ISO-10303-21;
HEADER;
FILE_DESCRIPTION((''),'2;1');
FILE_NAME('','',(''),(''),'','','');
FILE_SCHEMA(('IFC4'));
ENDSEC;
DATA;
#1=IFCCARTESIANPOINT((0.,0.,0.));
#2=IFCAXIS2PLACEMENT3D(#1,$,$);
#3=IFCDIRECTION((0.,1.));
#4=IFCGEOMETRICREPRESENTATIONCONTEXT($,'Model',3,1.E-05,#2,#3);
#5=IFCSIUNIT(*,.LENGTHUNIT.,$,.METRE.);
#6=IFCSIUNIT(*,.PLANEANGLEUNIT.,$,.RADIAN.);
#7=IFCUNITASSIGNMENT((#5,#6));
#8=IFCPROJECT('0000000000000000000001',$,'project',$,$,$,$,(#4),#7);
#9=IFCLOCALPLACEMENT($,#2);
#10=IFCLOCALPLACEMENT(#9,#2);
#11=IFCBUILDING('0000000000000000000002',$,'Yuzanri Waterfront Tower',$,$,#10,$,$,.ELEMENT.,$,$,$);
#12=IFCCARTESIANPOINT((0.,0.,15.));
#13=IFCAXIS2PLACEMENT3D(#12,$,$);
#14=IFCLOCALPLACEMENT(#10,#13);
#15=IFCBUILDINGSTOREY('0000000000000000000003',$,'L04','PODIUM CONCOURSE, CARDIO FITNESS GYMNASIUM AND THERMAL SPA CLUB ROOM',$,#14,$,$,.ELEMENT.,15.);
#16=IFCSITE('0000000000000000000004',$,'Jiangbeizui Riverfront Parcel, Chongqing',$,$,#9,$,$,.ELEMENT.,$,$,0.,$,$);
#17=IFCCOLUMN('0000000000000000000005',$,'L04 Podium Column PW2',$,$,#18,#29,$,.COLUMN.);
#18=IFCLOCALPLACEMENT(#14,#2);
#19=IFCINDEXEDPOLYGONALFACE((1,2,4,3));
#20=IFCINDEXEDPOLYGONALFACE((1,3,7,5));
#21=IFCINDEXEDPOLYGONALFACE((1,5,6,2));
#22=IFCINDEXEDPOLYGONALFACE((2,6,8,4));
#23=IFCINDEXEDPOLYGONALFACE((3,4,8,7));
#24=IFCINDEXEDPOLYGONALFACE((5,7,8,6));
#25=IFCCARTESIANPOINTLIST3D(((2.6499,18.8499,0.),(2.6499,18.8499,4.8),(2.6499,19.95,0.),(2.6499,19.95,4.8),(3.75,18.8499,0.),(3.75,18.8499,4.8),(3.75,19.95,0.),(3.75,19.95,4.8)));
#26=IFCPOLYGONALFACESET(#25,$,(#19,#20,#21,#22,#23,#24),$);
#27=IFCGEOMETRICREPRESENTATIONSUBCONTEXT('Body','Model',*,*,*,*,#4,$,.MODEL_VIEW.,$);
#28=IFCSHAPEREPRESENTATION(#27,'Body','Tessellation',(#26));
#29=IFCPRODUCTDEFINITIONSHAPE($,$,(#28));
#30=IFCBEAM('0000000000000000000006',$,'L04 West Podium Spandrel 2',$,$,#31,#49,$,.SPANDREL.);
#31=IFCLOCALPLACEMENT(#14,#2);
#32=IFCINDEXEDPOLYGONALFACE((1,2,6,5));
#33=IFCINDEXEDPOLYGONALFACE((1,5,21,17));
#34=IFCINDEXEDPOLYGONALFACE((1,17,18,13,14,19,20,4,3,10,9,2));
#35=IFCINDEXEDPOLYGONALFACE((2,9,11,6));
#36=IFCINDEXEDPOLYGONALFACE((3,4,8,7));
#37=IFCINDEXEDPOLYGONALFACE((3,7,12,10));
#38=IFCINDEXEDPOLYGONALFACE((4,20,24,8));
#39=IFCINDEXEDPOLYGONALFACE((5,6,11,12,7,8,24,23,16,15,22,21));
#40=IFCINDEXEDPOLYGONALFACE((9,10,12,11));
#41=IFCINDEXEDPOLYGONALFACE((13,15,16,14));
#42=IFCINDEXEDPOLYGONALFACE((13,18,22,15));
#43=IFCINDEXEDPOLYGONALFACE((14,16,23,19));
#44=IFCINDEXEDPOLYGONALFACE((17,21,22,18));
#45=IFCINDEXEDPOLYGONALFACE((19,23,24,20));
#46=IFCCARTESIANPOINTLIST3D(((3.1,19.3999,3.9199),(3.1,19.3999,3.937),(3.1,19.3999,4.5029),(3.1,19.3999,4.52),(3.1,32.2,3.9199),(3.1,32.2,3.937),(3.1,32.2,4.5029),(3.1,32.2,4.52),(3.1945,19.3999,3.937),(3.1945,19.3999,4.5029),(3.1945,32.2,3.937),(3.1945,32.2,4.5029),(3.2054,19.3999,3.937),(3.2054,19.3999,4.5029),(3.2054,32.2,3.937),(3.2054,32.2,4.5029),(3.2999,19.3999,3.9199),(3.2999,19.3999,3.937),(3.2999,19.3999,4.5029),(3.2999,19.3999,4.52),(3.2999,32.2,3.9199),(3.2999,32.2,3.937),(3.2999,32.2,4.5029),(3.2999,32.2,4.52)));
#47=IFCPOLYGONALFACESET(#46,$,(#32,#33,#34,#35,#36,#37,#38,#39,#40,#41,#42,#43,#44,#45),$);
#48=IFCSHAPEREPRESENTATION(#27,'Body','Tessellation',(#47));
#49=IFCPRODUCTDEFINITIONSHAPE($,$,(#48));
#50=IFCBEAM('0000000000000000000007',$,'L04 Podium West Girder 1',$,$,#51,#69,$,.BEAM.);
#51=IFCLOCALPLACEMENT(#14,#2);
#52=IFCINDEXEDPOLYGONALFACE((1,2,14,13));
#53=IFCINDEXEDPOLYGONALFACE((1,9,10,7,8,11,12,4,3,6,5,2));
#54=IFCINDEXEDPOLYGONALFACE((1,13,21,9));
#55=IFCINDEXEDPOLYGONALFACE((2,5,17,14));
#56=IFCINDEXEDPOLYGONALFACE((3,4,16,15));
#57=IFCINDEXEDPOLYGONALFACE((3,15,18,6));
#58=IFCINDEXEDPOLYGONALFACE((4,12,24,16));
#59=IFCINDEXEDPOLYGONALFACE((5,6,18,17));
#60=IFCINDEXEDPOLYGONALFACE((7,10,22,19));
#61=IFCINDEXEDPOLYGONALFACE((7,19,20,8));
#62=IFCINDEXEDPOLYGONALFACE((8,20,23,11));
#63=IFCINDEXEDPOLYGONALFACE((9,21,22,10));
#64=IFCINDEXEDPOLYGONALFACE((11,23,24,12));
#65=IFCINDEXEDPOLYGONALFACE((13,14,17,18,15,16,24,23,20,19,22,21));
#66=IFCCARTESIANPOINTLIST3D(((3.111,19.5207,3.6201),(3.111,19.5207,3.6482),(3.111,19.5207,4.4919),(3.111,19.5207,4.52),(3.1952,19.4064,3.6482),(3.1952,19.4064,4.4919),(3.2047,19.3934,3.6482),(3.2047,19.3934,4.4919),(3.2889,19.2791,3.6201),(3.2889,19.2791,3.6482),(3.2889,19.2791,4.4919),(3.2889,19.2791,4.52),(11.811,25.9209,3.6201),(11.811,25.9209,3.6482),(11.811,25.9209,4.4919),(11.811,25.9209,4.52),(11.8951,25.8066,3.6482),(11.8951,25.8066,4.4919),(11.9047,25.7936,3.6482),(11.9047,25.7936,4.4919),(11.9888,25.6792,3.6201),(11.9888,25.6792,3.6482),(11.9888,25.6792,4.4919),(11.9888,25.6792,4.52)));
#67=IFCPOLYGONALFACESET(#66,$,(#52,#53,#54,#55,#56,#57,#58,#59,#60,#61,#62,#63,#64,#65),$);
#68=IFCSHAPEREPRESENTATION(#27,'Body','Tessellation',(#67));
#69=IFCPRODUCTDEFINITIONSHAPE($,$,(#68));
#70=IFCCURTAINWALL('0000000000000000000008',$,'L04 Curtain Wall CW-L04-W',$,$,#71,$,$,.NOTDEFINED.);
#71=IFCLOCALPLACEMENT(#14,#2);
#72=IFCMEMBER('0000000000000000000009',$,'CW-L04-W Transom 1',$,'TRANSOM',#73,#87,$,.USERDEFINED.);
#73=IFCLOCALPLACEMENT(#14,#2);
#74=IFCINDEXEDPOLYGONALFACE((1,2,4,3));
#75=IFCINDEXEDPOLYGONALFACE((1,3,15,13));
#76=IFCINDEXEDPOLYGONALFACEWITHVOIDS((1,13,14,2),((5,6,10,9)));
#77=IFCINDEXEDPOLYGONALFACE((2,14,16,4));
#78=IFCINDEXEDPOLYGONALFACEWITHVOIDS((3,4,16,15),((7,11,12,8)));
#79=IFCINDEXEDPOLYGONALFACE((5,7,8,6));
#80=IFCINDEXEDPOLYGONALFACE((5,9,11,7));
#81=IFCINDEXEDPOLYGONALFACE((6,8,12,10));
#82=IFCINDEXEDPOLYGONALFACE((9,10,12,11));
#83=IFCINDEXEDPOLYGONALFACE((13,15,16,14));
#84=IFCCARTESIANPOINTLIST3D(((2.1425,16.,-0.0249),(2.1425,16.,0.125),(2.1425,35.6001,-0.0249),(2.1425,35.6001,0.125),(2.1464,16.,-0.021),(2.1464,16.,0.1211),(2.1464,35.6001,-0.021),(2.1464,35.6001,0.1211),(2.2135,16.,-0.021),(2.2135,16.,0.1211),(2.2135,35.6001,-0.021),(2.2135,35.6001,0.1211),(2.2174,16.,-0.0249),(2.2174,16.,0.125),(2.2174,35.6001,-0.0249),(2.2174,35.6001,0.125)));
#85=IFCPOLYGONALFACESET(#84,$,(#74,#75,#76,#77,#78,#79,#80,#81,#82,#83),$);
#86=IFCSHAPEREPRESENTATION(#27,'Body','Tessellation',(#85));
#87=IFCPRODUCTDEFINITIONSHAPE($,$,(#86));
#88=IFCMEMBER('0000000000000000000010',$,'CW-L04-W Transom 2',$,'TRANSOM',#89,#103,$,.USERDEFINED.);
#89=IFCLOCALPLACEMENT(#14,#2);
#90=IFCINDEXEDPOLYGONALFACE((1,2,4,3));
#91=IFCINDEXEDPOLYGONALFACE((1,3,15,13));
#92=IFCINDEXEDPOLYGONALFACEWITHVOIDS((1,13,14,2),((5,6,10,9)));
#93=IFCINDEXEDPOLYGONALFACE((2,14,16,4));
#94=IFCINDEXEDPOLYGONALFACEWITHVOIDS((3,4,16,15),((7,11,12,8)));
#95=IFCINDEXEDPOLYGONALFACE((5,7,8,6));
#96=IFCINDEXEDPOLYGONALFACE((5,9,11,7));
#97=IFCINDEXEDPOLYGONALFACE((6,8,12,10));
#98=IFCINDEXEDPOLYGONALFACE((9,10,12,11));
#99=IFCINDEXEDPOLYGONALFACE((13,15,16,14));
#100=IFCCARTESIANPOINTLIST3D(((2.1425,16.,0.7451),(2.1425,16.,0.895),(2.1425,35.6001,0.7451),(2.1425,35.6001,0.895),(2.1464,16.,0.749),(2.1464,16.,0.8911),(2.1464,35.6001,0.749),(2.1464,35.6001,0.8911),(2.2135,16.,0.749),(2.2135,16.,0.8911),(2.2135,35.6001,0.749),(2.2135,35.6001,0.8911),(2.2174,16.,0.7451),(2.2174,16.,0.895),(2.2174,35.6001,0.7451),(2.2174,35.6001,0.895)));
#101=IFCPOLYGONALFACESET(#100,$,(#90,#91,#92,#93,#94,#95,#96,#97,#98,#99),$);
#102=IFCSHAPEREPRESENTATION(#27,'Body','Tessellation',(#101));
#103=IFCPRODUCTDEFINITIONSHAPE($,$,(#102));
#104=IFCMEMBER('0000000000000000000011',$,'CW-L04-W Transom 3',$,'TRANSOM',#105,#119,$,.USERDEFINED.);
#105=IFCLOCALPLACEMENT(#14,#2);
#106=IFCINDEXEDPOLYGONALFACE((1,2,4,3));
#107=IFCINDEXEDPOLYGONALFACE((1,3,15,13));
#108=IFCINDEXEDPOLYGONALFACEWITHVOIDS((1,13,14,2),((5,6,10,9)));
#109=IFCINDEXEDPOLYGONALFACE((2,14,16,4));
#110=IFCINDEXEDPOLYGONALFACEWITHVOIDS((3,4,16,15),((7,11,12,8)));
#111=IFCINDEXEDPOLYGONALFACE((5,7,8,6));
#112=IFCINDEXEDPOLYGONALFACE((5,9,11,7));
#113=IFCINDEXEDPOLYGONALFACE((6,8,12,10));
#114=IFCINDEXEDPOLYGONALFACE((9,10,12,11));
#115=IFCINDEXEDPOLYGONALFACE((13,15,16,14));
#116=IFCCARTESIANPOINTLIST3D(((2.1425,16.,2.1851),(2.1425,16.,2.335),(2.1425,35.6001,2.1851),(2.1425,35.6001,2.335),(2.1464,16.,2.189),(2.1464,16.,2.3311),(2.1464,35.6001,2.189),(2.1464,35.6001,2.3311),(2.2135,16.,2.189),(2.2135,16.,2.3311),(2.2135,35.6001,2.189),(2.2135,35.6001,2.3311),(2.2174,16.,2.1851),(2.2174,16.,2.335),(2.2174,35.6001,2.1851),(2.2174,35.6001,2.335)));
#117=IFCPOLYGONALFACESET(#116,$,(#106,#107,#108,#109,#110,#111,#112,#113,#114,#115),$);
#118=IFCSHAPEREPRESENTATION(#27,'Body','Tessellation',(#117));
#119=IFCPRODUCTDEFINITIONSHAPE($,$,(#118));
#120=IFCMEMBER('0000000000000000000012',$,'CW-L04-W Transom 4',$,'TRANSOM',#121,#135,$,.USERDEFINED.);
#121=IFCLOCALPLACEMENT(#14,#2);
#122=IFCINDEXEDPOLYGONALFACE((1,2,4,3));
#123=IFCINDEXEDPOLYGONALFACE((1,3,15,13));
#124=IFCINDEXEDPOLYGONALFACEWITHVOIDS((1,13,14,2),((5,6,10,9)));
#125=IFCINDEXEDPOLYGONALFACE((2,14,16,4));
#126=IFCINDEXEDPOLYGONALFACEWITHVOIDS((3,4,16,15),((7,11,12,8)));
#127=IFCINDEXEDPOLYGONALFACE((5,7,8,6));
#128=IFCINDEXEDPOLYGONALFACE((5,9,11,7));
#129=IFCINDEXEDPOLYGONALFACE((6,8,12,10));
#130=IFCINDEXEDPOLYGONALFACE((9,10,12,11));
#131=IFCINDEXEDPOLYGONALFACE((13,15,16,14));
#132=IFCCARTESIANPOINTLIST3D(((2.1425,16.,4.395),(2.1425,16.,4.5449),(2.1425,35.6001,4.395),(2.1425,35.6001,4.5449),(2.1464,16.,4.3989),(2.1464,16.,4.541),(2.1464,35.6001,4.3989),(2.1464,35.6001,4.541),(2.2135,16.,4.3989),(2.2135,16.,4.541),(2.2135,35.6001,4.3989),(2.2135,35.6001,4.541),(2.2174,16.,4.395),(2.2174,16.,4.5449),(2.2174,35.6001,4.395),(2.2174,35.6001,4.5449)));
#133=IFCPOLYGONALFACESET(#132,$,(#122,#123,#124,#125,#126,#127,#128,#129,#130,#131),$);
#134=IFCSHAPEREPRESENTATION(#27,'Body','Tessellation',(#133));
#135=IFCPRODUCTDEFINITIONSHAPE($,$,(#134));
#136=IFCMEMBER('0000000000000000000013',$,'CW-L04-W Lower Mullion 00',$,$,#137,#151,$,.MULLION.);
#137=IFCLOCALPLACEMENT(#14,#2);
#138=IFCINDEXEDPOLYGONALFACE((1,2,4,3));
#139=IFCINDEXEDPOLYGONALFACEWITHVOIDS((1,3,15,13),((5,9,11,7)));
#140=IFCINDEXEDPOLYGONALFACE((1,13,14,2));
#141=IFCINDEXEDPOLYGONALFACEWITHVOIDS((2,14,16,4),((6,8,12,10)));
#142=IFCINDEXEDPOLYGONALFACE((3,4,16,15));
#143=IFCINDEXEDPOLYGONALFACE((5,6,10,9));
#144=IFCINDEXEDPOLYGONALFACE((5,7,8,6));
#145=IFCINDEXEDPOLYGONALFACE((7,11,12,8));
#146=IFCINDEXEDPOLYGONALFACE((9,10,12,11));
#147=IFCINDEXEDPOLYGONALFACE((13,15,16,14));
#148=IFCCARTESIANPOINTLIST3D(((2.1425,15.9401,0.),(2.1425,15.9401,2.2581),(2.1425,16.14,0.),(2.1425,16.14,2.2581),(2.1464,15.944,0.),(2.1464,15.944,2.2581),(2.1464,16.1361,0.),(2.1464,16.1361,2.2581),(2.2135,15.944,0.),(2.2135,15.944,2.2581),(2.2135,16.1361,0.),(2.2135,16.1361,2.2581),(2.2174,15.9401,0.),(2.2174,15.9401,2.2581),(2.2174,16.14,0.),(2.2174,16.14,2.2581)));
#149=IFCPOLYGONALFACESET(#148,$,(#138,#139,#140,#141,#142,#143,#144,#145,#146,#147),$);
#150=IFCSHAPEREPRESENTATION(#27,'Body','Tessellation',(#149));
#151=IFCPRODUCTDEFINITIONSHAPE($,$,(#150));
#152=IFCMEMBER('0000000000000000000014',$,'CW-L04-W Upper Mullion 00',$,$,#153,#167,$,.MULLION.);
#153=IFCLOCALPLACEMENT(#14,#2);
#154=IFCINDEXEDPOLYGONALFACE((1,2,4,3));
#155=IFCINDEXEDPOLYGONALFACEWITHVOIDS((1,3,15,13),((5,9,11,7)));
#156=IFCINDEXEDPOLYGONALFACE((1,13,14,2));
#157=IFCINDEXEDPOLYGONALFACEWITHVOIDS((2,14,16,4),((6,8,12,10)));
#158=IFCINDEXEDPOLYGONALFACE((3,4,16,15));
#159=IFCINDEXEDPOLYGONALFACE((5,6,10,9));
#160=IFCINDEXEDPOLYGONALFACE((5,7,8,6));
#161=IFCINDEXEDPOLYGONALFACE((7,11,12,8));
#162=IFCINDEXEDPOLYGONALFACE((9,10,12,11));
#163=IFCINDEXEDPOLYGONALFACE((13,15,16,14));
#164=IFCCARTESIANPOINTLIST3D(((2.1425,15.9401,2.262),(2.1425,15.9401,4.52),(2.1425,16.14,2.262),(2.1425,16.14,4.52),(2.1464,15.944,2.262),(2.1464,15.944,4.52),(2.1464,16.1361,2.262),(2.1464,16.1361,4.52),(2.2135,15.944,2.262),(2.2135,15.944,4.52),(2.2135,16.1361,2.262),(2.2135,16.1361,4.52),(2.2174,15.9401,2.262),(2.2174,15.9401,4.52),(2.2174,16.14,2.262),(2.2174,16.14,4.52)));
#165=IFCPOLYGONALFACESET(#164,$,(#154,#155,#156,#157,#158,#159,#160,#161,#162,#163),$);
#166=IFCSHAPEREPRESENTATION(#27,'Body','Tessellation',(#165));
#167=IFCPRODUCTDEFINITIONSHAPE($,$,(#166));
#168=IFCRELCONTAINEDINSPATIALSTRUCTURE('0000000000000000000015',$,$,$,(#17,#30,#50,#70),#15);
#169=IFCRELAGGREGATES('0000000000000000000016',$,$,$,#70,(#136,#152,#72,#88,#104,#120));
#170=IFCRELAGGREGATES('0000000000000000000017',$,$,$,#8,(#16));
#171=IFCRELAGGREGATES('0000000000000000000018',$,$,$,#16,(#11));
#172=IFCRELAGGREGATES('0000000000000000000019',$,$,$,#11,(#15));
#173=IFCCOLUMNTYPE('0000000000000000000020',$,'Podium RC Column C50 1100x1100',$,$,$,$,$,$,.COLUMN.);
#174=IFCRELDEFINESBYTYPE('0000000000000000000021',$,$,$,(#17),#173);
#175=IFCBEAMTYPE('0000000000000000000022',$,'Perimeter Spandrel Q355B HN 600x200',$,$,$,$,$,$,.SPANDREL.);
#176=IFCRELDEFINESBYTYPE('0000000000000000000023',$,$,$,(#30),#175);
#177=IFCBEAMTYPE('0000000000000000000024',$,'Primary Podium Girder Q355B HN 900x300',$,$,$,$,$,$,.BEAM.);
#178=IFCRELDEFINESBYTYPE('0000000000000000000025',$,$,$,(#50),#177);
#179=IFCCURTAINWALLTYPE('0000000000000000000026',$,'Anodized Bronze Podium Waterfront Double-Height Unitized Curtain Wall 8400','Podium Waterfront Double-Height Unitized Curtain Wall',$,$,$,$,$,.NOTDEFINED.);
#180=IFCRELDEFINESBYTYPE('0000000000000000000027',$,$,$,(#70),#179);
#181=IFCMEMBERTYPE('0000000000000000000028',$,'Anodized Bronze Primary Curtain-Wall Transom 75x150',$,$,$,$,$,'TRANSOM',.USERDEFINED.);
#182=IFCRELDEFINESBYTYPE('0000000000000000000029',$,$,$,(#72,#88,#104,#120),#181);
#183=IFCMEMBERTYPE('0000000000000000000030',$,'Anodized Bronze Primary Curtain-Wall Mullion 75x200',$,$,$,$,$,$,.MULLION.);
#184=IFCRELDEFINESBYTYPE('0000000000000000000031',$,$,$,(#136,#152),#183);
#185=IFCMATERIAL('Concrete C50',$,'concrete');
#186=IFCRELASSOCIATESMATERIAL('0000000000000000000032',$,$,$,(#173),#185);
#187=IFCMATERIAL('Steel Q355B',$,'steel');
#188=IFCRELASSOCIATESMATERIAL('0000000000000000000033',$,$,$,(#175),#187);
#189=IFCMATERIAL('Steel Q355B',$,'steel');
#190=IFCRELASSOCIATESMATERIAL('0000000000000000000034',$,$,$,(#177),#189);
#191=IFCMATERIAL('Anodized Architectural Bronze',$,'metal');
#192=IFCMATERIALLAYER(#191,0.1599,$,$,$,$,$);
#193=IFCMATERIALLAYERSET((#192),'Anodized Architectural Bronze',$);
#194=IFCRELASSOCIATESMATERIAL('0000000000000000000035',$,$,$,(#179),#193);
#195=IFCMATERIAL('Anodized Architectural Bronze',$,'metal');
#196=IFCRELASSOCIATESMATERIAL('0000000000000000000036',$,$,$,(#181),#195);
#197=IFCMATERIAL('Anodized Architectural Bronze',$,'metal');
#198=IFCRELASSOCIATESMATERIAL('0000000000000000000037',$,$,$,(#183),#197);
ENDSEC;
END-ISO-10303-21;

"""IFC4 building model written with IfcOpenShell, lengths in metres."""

from ifc_helpers import new_model, si_unit, direction, frame, origin, origin_2d, place, context, subcontext, project, spatial, rectangle, hollow_rectangle, i_section, extrude, source, transform, mapped, material, layer, layer_set, material_profile, profile_set, type_object, element, aggregate, save


model = new_model("IFC4")

# Units and contexts
model_context = context("Model", 3, precision=1e-05, world=origin(), true_north=direction((0.0, 1.0)))
body_context = subcontext(model_context, "Body", "Model", "MODEL_VIEW")
ifc_project = project(units=[si_unit("LENGTHUNIT", "METRE"), si_unit("PLANEANGLEUNIT", "RADIAN")], contexts=[model_context])

# Site, building, storey
site_placement = place(None, origin())
site = spatial("IfcSite", under=ifc_project, at=site_placement, Name="Jiangbeizui Riverfront Parcel, Chongqing", CompositionType="ELEMENT", RefElevation=0.0)
building_placement = place(site_placement, origin())
building = spatial("IfcBuilding", under=site, at=building_placement, Name="Yuzanri Waterfront Tower", CompositionType="ELEMENT")
storey_placement = place(building_placement, frame((0.0, 0.0, 15.0)))
storey = spatial("IfcBuildingStorey", under=building, at=storey_placement, Name="L04", Description="PODIUM CONCOURSE, CARDIO FITNESS GYMNASIUM AND THERMAL SPA CLUB ROOM", CompositionType="ELEMENT", Elevation=15.0)

# Column
ifc_material_1 = material(Name="Concrete C50", Category="concrete")
ifc_material_profile_1 = material_profile(ifc_material_1, rectangle(XDim=1.1001, YDim=1.1001, at=origin_2d()), Name="RC 1100x1100")
ifc_profile_set_1 = profile_set([ifc_material_profile_1], Name="Concrete C50")
column_type = type_object("IfcColumnType", Name="Podium RC Column C50 1100x1100", PredefinedType="COLUMN", material=ifc_profile_set_1)
shared_shape_1 = source(origin(), body_context, "Body", "SweptSolid", [
    extrude(rectangle(XDim=1.1001, YDim=1.1001, at=origin_2d()), origin(), (0.0, 0.0, 1.0), 4.8),
])
column_placement = place(storey_placement, frame((3.2, 19.3999, 0.0), z_axis=(0.0, 0.0, 1.0), x_axis=(1.0, 0.0, 0.0)))
element("IfcColumn", 1, at=column_placement, inside=storey, type_object=column_type, Name="L04 Podium Column PW2", PredefinedType="COLUMN", context=body_context, shape_type="MappedRepresentation", body=[
    mapped(shared_shape_1, transform((0.0, 0.0, 0.0), scale=1.0)),
])

# Beams
ifc_material_2 = material(Name="Steel Q355B", Category="steel")
ifc_material_profile_2 = material_profile(ifc_material_2, i_section(OverallWidth=0.2, OverallDepth=0.6001, WebThickness=0.011, FlangeThickness=0.0171, at=origin_2d()), Name="HN 600x200x11x17")
ifc_profile_set_2 = profile_set([ifc_material_profile_2], Name="Steel Q355B")
beam_type_1 = type_object("IfcBeamType", Name="Perimeter Spandrel Q355B HN 600x200", PredefinedType="SPANDREL", material=ifc_profile_set_2)
shared_shape_2 = source(origin(), body_context, "Body", "SweptSolid", [
    extrude(i_section(OverallWidth=0.2, OverallDepth=0.6001, WebThickness=0.011, FlangeThickness=0.0171, at=origin_2d()), origin(), (0.0, 0.0, 1.0), 12.8),
])
beam_1_placement = place(storey_placement, frame((3.2, 19.3999, 4.22), z_axis=(0.0, 1.0, 0.0), x_axis=(-1.0, 0.0, 0.0)))
element("IfcBeam", 2, at=beam_1_placement, inside=storey, type_object=beam_type_1, Name="L04 West Podium Spandrel 2", PredefinedType="SPANDREL", context=body_context, shape_type="MappedRepresentation", body=[
    mapped(shared_shape_2, transform((0.0, 0.0, 0.0), scale=1.0)),
])
ifc_material_3 = material(Name="Steel Q355B", Category="steel")
ifc_material_profile_3 = material_profile(ifc_material_3, i_section(OverallWidth=0.3, OverallDepth=0.8999, WebThickness=0.0161, FlangeThickness=0.0281, at=origin_2d()), Name="HN 900x300x16x28")
ifc_profile_set_3 = profile_set([ifc_material_profile_3], Name="Steel Q355B")
beam_type_2 = type_object("IfcBeamType", Name="Primary Podium Girder Q355B HN 900x300", PredefinedType="BEAM", material=ifc_profile_set_3)
shared_shape_3 = source(origin(), body_context, "Body", "SweptSolid", [
    extrude(i_section(OverallWidth=0.3, OverallDepth=0.8999, WebThickness=0.0161, FlangeThickness=0.0281, at=origin_2d()), origin(), (0.0, 0.0, 1.0), 10.8005),
])
beam_2_placement = place(storey_placement, frame((3.2, 19.3999, 4.0701), z_axis=(0.805513, 0.592578, 0.0), x_axis=(-0.592578, 0.805513, 0.0)))
element("IfcBeam", 3, at=beam_2_placement, inside=storey, type_object=beam_type_2, Name="L04 Podium West Girder 1", PredefinedType="BEAM", context=body_context, shape_type="MappedRepresentation", body=[
    mapped(shared_shape_3, transform((0.0, 0.0, 0.0), scale=1.0)),
])

# Curtain wall, members
ifc_material_4 = material(Name="Anodized Architectural Bronze", Category="metal")
ifc_layer_1 = layer(ifc_material_4, 0.1599)
ifc_layer_set_1 = layer_set([ifc_layer_1], Name="Anodized Architectural Bronze")
curtain_wall_type = type_object("IfcCurtainWallType", Name="Anodized Bronze Podium Waterfront Double-Height Unitized Curtain Wall 8400", Description="Podium Waterfront Double-Height Unitized Curtain Wall", PredefinedType="NOTDEFINED", material=ifc_layer_set_1)
curtain_wall_placement = place(storey_placement, origin())
curtain_wall = element("IfcCurtainWall", 4, at=curtain_wall_placement, inside=storey, type_object=curtain_wall_type, Name="L04 Curtain Wall CW-L04-W", PredefinedType="NOTDEFINED")
ifc_material_5 = material(Name="Anodized Architectural Bronze", Category="metal")
ifc_material_profile_4 = material_profile(ifc_material_5, hollow_rectangle(XDim=0.075, YDim=0.1499, WallThickness=0.0039, at=origin_2d()), Name="CWT 75x150")
ifc_profile_set_4 = profile_set([ifc_material_profile_4], Name="Anodized Architectural Bronze")
member_type_1 = type_object("IfcMemberType", Name="Anodized Bronze Primary Curtain-Wall Transom 75x150", ElementType="TRANSOM", PredefinedType="USERDEFINED", material=ifc_profile_set_4)
shared_shape_4 = source(origin(), body_context, "Body", "SweptSolid", [
    extrude(hollow_rectangle(XDim=0.075, YDim=0.1499, WallThickness=0.0039, at=origin_2d()), origin(), (0.0, 0.0, 1.0), 19.6001),
])
member_1_placement = place(storey_placement, frame((2.1799, 16.0, 0.05), z_axis=(0.0, 1.0, 0.0), x_axis=(-1.0, 0.0, 0.0)))
member_1 = element("IfcMember", 5, at=member_1_placement, type_object=member_type_1, Name="CW-L04-W Transom 1", ObjectType="TRANSOM", PredefinedType="USERDEFINED", context=body_context, shape_type="MappedRepresentation", body=[
    mapped(shared_shape_4, transform((0.0, 0.0, 0.0), scale=1.0)),
])
member_2_placement = place(storey_placement, frame((2.1799, 16.0, 0.8201), z_axis=(0.0, 1.0, 0.0), x_axis=(-1.0, 0.0, 0.0)))
member_2 = element("IfcMember", 6, at=member_2_placement, type_object=member_type_1, Name="CW-L04-W Transom 2", ObjectType="TRANSOM", PredefinedType="USERDEFINED", context=body_context, shape_type="MappedRepresentation", body=[
    mapped(shared_shape_4, transform((0.0, 0.0, 0.0), scale=1.0)),
])
member_3_placement = place(storey_placement, frame((2.1799, 16.0, 2.26), z_axis=(0.0, 1.0, 0.0), x_axis=(-1.0, 0.0, 0.0)))
member_3 = element("IfcMember", 7, at=member_3_placement, type_object=member_type_1, Name="CW-L04-W Transom 3", ObjectType="TRANSOM", PredefinedType="USERDEFINED", context=body_context, shape_type="MappedRepresentation", body=[
    mapped(shared_shape_4, transform((0.0, 0.0, 0.0), scale=1.0)),
])
member_4_placement = place(storey_placement, frame((2.1799, 16.0, 4.47), z_axis=(0.0, 1.0, 0.0), x_axis=(-1.0, 0.0, 0.0)))
member_4 = element("IfcMember", 8, at=member_4_placement, type_object=member_type_1, Name="CW-L04-W Transom 4", ObjectType="TRANSOM", PredefinedType="USERDEFINED", context=body_context, shape_type="MappedRepresentation", body=[
    mapped(shared_shape_4, transform((0.0, 0.0, 0.0), scale=1.0)),
])
ifc_material_6 = material(Name="Anodized Architectural Bronze", Category="metal")
ifc_material_profile_5 = material_profile(ifc_material_6, hollow_rectangle(XDim=0.075, YDim=0.2, WallThickness=0.0039, at=origin_2d()), Name="CWM 75x200")
ifc_profile_set_5 = profile_set([ifc_material_profile_5], Name="Anodized Architectural Bronze")
member_type_2 = type_object("IfcMemberType", Name="Anodized Bronze Primary Curtain-Wall Mullion 75x200", PredefinedType="MULLION", material=ifc_profile_set_5)
shared_shape_5 = source(origin(), body_context, "Body", "SweptSolid", [
    extrude(hollow_rectangle(XDim=0.075, YDim=0.2, WallThickness=0.0039, at=origin_2d()), origin(), (0.0, 0.0, 1.0), 2.2581),
])
member_5_placement = place(storey_placement, frame((2.1799, 16.04, 0.0), z_axis=(0.0, 0.0, 1.0), x_axis=(1.0, 0.0, 0.0)))
member_5 = element("IfcMember", 9, at=member_5_placement, type_object=member_type_2, Name="CW-L04-W Lower Mullion 00", PredefinedType="MULLION", context=body_context, shape_type="MappedRepresentation", body=[
    mapped(shared_shape_5, transform((0.0, 0.0, 0.0), scale=1.0)),
])
member_6_placement = place(storey_placement, frame((2.1799, 16.04, 2.262), z_axis=(0.0, 0.0, 1.0), x_axis=(1.0, 0.0, 0.0)))
member_6 = element("IfcMember", 10, at=member_6_placement, type_object=member_type_2, Name="CW-L04-W Upper Mullion 00", PredefinedType="MULLION", context=body_context, shape_type="MappedRepresentation", body=[
    mapped(shared_shape_5, transform((0.0, 0.0, 0.0), scale=1.0)),
])

aggregate(curtain_wall, [member_5, member_6, member_1, member_2, member_3, member_4])

save(model, "model.ifc")
